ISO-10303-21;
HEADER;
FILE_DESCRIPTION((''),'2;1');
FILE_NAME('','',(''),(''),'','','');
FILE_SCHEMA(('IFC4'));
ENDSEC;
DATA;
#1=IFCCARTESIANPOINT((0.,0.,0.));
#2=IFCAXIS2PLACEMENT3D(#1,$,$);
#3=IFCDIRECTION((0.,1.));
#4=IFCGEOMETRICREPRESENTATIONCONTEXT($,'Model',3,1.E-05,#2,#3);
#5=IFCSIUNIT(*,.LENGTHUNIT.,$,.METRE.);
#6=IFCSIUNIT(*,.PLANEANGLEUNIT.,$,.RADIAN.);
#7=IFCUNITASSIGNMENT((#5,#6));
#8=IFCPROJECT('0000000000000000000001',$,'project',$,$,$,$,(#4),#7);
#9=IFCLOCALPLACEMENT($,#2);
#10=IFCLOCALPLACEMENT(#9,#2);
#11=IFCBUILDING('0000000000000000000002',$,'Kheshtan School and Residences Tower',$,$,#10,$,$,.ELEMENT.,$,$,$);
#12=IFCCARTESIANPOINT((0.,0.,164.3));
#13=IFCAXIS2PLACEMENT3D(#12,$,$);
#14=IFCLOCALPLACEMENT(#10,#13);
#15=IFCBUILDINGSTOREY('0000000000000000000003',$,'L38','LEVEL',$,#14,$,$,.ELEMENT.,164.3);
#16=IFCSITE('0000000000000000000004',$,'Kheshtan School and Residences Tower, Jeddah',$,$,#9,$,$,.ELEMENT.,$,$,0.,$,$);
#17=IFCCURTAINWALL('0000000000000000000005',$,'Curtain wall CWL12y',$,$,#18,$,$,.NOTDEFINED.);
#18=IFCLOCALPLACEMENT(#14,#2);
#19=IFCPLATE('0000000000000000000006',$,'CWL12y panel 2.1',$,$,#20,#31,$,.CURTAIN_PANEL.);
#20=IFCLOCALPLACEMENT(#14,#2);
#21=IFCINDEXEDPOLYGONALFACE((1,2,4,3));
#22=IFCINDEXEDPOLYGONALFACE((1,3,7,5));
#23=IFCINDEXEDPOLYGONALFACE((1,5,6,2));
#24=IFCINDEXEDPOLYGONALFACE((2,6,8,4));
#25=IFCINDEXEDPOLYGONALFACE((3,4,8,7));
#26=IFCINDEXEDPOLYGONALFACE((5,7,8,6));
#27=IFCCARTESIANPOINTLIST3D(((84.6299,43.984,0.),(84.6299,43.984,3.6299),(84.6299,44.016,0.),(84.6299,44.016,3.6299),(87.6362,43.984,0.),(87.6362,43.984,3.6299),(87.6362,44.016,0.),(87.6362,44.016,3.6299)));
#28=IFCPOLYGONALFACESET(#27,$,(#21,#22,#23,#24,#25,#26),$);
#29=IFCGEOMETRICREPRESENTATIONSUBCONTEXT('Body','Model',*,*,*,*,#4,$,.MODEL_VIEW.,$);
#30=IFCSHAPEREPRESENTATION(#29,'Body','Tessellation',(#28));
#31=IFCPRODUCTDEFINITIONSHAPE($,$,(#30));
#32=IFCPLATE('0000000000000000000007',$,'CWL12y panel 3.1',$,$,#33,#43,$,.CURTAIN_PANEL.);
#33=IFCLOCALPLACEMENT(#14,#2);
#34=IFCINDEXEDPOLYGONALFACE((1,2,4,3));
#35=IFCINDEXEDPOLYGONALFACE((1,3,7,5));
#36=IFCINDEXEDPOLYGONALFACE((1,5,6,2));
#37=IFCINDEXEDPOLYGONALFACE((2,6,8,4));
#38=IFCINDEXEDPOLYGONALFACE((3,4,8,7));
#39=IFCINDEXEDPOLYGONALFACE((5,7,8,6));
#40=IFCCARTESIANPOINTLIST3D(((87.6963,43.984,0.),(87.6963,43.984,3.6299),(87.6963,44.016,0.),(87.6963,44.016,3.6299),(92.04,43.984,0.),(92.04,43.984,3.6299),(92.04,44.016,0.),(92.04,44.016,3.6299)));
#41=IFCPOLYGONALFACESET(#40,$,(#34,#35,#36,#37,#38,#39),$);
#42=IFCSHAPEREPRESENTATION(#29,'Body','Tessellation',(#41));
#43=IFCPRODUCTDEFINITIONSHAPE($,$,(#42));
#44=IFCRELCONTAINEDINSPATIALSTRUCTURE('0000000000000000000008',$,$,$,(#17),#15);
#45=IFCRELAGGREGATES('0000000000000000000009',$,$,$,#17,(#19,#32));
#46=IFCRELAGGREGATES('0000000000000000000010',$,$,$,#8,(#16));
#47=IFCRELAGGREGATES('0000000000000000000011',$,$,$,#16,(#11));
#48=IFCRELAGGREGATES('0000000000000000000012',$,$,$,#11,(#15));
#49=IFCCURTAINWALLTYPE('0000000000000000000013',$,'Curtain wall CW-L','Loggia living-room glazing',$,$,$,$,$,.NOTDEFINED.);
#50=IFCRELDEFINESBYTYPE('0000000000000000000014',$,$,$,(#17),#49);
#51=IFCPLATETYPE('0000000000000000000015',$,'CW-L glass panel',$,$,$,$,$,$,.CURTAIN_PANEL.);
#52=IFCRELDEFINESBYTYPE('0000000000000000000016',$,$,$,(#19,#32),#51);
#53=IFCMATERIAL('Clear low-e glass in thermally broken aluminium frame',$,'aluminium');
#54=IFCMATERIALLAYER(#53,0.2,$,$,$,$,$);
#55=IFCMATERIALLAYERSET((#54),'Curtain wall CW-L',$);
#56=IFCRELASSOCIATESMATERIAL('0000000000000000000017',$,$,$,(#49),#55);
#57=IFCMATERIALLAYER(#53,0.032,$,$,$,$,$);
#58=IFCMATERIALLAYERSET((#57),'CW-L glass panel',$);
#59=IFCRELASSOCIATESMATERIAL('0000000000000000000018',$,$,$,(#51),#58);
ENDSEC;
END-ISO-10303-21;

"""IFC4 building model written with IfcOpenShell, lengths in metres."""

from ifc_helpers import new_model, si_unit, direction, frame, origin, origin_2d, place, context, subcontext, project, spatial, rectangle, extrude, material, layer, layer_set, type_object, element, aggregate, save


model = new_model("IFC4")

# Units and contexts
model_context = context("Model", 3, precision=1e-05, world=origin(), true_north=direction((0.0, 1.0)))
body_context = subcontext(model_context, "Body", "Model", "MODEL_VIEW")
ifc_project = project(units=[si_unit("LENGTHUNIT", "METRE"), si_unit("PLANEANGLEUNIT", "RADIAN")], contexts=[model_context])

# Site, building, storey
site_placement = place(None, origin())
site = spatial("IfcSite", under=ifc_project, at=site_placement, Name="Kheshtan School and Residences Tower, Jeddah", CompositionType="ELEMENT", RefElevation=0.0)
building_placement = place(site_placement, origin())
building = spatial("IfcBuilding", under=site, at=building_placement, Name="Kheshtan School and Residences Tower", CompositionType="ELEMENT")
storey_placement = place(building_placement, frame((0.0, 0.0, 164.3)))
storey = spatial("IfcBuildingStorey", under=building, at=storey_placement, Name="L38", Description="LEVEL", CompositionType="ELEMENT", Elevation=164.3)

# Curtain wall
ifc_material_1 = material(Name="Clear low-e glass in thermally broken aluminium frame", Category="aluminium")
ifc_layer_1 = layer(ifc_material_1, 0.2)
ifc_layer_set_1 = layer_set([ifc_layer_1], Name="Curtain wall CW-L")
curtain_wall_type = type_object("IfcCurtainWallType", Name="Curtain wall CW-L", Description="Loggia living-room glazing", PredefinedType="NOTDEFINED", material=ifc_layer_set_1)
curtain_wall_1_placement = place(storey_placement, origin())
curtain_wall_1 = element("IfcCurtainWall", 1, at=curtain_wall_1_placement, inside=storey, type_object=curtain_wall_type, Name="Curtain wall CWL12y", PredefinedType="NOTDEFINED")

# Plates
ifc_layer_2 = layer(ifc_material_1, 0.032)
ifc_layer_set_2 = layer_set([ifc_layer_2], Name="CW-L glass panel")
plate_type = type_object("IfcPlateType", Name="CW-L glass panel", PredefinedType="CURTAIN_PANEL", material=ifc_layer_set_2)
plate_1_placement = place(storey_placement, frame((86.1331, 44.0, 0.0), z_axis=(0.0, 0.0, 1.0), x_axis=(1.0, 0.0, 0.0)))
plate_1 = element("IfcPlate", 2, at=plate_1_placement, type_object=plate_type, Name="CWL12y panel 2.1", PredefinedType="CURTAIN_PANEL", context=body_context, shape_type="SweptSolid", body=[
    extrude(rectangle(XDim=3.0063, YDim=0.032, at=origin_2d()), origin(), (0.0, 0.0, 1.0), 3.6299),
])
plate_2_placement = place(storey_placement, frame((89.8682, 44.0, 0.0), z_axis=(0.0, 0.0, 1.0), x_axis=(1.0, 0.0, 0.0)))
plate_2 = element("IfcPlate", 3, at=plate_2_placement, type_object=plate_type, Name="CWL12y panel 3.1", PredefinedType="CURTAIN_PANEL", context=body_context, shape_type="SweptSolid", body=[
    extrude(rectangle(XDim=4.3438, YDim=0.032, at=origin_2d()), origin(), (0.0, 0.0, 1.0), 3.6299),
])
aggregate(curtain_wall_1, [plate_1, plate_2])

save(model, "model.ifc")
